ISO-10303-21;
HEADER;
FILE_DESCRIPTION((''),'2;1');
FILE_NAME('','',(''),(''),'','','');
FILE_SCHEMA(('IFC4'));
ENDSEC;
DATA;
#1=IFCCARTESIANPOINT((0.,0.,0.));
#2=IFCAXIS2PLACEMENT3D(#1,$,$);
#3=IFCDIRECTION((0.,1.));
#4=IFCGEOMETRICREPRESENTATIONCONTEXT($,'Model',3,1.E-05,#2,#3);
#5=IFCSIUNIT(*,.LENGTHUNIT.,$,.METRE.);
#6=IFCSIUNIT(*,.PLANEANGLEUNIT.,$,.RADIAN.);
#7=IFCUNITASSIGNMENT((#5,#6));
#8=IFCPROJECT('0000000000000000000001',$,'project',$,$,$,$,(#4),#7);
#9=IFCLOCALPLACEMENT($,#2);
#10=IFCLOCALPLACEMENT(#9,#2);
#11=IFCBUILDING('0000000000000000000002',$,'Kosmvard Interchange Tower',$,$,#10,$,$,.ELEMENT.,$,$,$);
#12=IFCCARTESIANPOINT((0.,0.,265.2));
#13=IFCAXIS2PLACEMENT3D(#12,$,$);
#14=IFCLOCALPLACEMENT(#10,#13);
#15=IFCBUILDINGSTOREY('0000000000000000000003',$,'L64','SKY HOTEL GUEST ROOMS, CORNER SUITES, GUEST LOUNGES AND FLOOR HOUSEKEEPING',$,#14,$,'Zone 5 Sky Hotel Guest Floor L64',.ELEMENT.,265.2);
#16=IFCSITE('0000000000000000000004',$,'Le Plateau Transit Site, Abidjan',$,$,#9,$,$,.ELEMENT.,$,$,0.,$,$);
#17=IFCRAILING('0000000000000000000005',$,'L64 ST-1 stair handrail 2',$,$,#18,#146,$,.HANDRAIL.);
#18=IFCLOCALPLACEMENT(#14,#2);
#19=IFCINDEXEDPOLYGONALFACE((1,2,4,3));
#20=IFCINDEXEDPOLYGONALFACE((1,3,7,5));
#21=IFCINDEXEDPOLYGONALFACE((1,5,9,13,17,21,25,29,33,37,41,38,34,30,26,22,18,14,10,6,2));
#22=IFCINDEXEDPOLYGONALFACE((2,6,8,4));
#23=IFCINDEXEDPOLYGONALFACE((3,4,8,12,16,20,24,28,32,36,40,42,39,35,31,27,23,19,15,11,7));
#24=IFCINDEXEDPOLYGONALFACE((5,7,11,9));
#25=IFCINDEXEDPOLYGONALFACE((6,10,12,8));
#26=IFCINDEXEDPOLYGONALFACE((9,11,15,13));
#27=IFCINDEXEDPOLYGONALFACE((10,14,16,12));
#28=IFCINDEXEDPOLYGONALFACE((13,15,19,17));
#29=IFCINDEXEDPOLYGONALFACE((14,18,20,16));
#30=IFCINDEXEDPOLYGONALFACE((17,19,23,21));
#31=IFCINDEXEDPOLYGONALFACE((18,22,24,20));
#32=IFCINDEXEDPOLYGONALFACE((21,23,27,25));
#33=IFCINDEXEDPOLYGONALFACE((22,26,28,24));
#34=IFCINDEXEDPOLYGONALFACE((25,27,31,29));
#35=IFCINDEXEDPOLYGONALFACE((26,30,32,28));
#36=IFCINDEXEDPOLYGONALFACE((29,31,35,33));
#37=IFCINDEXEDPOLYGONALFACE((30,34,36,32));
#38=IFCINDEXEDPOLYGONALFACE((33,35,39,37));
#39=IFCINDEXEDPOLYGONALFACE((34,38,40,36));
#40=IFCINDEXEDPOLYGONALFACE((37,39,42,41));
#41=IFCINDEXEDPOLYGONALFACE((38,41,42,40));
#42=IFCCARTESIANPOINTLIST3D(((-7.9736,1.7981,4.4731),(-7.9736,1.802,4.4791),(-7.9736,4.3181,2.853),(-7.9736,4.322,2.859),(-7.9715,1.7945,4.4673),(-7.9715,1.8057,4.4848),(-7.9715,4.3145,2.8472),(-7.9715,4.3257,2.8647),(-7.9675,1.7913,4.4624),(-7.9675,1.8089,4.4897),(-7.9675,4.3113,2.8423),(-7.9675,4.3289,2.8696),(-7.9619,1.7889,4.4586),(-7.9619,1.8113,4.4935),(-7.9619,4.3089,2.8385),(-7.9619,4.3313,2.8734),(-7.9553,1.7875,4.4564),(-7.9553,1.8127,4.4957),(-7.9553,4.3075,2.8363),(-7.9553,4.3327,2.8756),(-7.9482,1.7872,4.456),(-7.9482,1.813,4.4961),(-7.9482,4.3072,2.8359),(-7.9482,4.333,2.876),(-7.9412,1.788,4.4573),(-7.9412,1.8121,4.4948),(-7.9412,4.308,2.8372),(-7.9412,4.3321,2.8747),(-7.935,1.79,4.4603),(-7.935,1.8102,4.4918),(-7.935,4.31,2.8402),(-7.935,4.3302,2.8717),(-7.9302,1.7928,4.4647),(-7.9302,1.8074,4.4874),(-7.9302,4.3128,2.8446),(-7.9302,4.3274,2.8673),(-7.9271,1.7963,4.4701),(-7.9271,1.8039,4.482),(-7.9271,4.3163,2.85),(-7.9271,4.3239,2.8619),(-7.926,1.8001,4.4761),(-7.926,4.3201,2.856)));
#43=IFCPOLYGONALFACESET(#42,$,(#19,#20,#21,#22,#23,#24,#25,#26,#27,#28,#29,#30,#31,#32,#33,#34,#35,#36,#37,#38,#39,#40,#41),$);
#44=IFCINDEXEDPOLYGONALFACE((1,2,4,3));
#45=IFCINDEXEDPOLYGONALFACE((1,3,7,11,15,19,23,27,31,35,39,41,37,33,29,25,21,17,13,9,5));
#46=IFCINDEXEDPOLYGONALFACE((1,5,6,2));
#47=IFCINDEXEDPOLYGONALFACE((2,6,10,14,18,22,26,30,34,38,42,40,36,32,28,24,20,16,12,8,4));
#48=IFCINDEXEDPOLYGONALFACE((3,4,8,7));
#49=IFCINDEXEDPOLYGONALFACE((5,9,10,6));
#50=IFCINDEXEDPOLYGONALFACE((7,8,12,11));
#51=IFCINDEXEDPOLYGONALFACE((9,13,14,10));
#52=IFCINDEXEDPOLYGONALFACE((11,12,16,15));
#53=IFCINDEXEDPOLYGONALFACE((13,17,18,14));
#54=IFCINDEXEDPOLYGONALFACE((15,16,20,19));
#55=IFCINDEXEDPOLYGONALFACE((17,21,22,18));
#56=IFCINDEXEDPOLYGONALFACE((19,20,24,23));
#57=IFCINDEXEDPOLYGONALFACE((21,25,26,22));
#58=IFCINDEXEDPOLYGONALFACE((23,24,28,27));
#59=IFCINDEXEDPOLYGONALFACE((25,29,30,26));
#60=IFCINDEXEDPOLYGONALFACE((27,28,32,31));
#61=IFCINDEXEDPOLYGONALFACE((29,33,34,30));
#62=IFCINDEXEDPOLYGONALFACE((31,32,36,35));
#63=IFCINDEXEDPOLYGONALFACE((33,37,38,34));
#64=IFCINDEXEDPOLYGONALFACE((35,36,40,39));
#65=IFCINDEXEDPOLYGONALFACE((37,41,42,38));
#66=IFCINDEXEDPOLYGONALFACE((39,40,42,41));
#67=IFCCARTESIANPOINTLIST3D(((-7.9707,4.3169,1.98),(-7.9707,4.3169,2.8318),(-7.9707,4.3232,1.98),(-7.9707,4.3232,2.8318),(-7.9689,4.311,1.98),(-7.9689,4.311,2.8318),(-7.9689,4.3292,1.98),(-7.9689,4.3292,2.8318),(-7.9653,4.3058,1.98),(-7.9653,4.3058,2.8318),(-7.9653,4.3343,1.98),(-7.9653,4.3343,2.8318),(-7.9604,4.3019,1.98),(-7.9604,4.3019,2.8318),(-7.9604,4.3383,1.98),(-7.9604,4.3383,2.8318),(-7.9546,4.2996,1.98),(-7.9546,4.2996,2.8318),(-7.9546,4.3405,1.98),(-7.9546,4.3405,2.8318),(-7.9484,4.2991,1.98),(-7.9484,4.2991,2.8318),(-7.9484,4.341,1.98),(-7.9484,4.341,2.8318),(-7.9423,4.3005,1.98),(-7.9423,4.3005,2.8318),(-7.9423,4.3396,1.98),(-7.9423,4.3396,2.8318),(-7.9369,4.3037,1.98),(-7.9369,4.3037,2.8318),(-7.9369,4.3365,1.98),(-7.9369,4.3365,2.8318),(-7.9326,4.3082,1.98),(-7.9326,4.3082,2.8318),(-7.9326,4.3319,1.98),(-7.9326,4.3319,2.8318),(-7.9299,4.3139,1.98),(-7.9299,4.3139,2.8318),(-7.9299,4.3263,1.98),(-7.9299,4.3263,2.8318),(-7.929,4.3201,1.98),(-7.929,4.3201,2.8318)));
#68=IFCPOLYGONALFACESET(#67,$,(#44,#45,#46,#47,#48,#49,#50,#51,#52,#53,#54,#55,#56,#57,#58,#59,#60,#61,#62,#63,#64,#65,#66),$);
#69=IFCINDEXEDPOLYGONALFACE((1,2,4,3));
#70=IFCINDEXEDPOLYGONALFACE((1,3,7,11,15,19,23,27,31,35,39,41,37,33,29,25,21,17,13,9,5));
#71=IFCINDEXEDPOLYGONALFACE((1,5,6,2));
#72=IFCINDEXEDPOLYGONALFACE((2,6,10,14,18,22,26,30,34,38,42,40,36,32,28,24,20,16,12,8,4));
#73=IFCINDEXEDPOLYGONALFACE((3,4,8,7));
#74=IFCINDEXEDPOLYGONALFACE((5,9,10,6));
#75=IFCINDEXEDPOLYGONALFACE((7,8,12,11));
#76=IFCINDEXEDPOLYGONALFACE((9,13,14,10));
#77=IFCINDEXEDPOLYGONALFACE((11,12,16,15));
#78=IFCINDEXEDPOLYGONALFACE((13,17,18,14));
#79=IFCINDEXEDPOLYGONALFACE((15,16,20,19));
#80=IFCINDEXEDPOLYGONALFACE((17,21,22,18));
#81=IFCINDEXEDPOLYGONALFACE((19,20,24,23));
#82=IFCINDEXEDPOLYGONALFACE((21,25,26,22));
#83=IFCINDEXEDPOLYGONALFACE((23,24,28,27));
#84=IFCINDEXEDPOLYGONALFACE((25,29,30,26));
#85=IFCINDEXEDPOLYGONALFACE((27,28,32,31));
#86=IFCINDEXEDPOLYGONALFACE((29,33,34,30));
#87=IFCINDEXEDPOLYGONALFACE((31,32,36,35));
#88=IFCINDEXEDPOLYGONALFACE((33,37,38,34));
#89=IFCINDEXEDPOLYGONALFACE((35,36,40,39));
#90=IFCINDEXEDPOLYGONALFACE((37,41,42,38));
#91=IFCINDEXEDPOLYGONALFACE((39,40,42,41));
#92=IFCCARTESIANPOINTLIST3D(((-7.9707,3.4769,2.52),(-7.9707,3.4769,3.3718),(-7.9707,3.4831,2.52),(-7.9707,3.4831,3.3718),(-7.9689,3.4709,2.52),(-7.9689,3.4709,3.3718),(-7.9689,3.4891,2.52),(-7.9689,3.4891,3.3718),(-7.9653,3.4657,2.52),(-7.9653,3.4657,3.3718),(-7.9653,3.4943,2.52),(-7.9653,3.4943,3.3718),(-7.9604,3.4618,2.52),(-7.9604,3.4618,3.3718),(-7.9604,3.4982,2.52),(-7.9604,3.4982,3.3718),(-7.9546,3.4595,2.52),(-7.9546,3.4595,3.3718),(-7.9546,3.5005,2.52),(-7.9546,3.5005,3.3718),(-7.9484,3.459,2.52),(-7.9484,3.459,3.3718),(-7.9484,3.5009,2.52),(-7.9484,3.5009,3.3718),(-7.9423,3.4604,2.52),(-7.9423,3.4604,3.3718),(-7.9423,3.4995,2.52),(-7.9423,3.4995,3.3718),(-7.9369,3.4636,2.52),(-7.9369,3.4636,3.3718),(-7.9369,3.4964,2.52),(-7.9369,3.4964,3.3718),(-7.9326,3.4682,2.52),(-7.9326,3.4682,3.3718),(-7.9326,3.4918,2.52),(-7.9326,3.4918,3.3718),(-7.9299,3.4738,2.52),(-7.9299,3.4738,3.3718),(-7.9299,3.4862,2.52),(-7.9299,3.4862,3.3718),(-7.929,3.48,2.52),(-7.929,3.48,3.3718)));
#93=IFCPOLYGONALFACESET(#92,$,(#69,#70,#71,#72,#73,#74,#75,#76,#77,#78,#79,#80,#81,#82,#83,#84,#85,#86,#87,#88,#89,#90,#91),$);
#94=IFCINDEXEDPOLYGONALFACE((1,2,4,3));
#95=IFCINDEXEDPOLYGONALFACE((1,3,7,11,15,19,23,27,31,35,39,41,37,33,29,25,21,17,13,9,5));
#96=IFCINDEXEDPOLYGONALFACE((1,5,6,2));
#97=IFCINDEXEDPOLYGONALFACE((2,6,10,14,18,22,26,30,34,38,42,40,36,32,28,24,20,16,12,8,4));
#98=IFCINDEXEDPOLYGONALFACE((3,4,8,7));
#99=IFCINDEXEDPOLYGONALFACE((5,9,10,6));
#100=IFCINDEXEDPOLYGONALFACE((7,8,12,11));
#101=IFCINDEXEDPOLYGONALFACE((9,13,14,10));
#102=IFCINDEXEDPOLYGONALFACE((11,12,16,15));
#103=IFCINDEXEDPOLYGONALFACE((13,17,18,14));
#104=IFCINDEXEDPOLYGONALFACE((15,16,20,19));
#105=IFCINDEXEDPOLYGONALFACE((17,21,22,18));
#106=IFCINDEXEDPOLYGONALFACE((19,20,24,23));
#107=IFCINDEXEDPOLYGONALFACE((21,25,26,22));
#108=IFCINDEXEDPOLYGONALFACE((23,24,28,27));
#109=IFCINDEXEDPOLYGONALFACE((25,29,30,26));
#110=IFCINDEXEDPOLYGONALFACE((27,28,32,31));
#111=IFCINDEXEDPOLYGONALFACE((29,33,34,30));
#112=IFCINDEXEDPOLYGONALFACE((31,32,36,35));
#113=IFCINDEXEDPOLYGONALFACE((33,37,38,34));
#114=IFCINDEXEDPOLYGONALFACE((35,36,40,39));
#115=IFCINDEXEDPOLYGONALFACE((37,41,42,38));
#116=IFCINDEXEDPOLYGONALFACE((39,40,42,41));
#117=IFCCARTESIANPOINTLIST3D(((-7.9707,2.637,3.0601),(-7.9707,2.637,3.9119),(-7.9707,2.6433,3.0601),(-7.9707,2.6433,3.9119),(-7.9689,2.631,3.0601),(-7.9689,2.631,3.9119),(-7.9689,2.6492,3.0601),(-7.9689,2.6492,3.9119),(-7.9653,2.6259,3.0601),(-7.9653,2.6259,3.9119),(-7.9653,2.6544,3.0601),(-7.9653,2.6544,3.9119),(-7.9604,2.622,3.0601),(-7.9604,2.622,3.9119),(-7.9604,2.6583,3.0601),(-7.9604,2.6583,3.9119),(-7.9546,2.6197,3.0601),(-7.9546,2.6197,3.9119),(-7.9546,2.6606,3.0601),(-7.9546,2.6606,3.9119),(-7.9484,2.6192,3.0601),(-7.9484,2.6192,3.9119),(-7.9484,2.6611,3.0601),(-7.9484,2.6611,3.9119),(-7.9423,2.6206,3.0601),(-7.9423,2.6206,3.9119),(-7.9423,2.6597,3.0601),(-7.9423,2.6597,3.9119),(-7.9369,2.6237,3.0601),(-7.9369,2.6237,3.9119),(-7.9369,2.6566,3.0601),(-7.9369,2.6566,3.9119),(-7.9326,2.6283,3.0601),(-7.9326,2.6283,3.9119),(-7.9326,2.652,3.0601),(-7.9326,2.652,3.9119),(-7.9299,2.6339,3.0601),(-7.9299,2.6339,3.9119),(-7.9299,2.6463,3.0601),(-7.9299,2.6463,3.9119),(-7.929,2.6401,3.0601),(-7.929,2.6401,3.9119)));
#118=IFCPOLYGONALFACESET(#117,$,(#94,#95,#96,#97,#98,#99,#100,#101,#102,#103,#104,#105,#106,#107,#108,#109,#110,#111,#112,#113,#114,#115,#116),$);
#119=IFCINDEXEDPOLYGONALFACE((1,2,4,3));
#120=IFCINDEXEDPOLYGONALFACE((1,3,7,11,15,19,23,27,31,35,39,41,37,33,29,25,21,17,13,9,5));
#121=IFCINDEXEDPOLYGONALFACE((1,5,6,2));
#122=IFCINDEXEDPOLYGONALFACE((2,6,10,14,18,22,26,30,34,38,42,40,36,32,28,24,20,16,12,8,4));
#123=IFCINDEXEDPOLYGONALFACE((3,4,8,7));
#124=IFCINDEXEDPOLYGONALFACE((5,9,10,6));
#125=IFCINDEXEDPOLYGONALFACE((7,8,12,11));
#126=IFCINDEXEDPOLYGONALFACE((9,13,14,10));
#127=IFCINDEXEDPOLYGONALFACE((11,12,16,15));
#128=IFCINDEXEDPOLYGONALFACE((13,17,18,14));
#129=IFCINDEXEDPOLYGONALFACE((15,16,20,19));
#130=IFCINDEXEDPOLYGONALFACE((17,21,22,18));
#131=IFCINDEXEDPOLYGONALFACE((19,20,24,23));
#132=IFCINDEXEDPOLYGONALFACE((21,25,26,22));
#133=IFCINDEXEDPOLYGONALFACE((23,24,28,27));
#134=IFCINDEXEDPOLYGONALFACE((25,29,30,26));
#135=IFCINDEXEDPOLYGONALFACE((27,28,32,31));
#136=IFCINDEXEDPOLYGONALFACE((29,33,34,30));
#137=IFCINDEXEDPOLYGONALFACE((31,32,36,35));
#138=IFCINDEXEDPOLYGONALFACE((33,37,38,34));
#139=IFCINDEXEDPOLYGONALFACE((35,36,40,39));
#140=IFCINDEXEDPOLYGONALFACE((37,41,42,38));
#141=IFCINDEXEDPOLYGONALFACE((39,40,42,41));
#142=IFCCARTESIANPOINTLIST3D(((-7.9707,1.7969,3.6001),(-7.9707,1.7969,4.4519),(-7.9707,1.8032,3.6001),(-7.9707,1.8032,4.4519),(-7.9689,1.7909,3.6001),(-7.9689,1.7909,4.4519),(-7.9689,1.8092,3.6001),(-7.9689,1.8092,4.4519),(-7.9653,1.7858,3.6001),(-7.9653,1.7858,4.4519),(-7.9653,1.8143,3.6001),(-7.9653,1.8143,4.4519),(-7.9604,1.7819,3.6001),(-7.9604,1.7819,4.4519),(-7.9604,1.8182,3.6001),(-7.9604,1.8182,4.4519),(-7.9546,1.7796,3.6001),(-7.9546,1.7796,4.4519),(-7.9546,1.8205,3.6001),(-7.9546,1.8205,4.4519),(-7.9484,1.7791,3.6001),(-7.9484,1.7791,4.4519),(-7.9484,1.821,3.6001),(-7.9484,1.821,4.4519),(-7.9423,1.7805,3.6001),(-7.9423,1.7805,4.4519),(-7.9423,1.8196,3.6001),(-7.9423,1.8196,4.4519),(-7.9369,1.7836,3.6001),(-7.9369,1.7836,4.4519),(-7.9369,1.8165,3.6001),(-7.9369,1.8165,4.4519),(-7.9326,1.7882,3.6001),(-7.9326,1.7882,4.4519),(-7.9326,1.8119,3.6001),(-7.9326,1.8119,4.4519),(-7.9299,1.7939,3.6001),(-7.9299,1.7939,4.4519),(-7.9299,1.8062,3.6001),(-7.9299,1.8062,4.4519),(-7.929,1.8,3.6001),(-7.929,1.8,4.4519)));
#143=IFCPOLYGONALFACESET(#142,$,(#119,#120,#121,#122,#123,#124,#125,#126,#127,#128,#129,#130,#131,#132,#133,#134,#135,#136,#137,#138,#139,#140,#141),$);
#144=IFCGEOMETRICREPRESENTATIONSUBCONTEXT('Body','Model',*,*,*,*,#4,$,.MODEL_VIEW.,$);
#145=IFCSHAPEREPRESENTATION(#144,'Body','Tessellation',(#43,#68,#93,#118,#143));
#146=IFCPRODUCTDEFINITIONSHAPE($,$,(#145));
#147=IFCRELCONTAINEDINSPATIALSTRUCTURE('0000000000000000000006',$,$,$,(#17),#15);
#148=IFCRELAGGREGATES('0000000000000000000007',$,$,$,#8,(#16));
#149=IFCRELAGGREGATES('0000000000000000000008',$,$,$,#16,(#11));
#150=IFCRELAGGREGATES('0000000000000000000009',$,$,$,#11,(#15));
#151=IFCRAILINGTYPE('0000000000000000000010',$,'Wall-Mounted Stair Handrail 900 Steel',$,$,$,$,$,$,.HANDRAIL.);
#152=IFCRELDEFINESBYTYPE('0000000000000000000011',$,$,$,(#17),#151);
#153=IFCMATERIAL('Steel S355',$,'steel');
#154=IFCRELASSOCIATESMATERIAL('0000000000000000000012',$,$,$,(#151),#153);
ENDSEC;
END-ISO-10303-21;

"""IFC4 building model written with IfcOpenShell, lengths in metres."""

from ifc_helpers import new_model, si_unit, direction, frame, origin, origin_2d, place, context, subcontext, project, spatial, circle, extrude, source, transform, mapped, material, type_object, element, save


model = new_model("IFC4")

# Units and contexts
model_context = context("Model", 3, precision=1e-05, world=origin(), true_north=direction((0.0, 1.0)))
body_context = subcontext(model_context, "Body", "Model", "MODEL_VIEW")
ifc_project = project(units=[si_unit("LENGTHUNIT", "METRE"), si_unit("PLANEANGLEUNIT", "RADIAN")], contexts=[model_context])

# Site, building, storey
site_placement = place(None, origin())
site = spatial("IfcSite", under=ifc_project, at=site_placement, Name="Le Plateau Transit Site, Abidjan", CompositionType="ELEMENT", RefElevation=0.0)
building_placement = place(site_placement, origin())
building = spatial("IfcBuilding", under=site, at=building_placement, Name="Kosmvard Interchange Tower", CompositionType="ELEMENT")
storey_placement = place(building_placement, frame((0.0, 0.0, 265.2)))
storey = spatial("IfcBuildingStorey", under=building, at=storey_placement, Name="L64", Description="SKY HOTEL GUEST ROOMS, CORNER SUITES, GUEST LOUNGES AND FLOOR HOUSEKEEPING", LongName="Zone 5 Sky Hotel Guest Floor L64", CompositionType="ELEMENT", Elevation=265.2)

# Shared definitions
ifc_material_1 = material(Name="Steel S355", Category="steel")

# Railing
railing_type_1 = type_object("IfcRailingType", Name="Wall-Mounted Stair Handrail 900 Steel", PredefinedType="HANDRAIL", material=ifc_material_1)
shared_shape_1 = source(origin(), body_context, "Body", "SweptSolid", [
    extrude(circle(Radius=0.0239, at=origin_2d()), frame((0.0, 0.0, 0.876), z_axis=(0.0, -0.841163, 0.540782), x_axis=(1.0, 0.0, 0.0)), (0.0, 0.0, 1.0), 2.9958),
    extrude(circle(Radius=0.021, at=origin_2d()), origin(), (0.0, 0.0, 1.0), 0.8518),
    extrude(circle(Radius=0.021, at=origin_2d()), frame((0.0, -0.8401, 0.54)), (0.0, 0.0, 1.0), 0.8518),
    extrude(circle(Radius=0.021, at=origin_2d()), frame((0.0, -1.6799, 1.0801)), (0.0, 0.0, 1.0), 0.8518),
    extrude(circle(Radius=0.021, at=origin_2d()), frame((0.0, -2.52, 1.6201)), (0.0, 0.0, 1.0), 0.8518),
])
railing_1_placement = place(storey_placement, frame((-7.95, 4.3201, 1.98)))
element("IfcRailing", 1, at=railing_1_placement, inside=storey, type_object=railing_type_1, Name="L64 ST-1 stair handrail 2", PredefinedType="HANDRAIL", context=body_context, shape_type="MappedRepresentation", body=[
    mapped(shared_shape_1, transform((0.0, 0.0, 0.0), scale=1.0)),
])

save(model, "model.ifc")
